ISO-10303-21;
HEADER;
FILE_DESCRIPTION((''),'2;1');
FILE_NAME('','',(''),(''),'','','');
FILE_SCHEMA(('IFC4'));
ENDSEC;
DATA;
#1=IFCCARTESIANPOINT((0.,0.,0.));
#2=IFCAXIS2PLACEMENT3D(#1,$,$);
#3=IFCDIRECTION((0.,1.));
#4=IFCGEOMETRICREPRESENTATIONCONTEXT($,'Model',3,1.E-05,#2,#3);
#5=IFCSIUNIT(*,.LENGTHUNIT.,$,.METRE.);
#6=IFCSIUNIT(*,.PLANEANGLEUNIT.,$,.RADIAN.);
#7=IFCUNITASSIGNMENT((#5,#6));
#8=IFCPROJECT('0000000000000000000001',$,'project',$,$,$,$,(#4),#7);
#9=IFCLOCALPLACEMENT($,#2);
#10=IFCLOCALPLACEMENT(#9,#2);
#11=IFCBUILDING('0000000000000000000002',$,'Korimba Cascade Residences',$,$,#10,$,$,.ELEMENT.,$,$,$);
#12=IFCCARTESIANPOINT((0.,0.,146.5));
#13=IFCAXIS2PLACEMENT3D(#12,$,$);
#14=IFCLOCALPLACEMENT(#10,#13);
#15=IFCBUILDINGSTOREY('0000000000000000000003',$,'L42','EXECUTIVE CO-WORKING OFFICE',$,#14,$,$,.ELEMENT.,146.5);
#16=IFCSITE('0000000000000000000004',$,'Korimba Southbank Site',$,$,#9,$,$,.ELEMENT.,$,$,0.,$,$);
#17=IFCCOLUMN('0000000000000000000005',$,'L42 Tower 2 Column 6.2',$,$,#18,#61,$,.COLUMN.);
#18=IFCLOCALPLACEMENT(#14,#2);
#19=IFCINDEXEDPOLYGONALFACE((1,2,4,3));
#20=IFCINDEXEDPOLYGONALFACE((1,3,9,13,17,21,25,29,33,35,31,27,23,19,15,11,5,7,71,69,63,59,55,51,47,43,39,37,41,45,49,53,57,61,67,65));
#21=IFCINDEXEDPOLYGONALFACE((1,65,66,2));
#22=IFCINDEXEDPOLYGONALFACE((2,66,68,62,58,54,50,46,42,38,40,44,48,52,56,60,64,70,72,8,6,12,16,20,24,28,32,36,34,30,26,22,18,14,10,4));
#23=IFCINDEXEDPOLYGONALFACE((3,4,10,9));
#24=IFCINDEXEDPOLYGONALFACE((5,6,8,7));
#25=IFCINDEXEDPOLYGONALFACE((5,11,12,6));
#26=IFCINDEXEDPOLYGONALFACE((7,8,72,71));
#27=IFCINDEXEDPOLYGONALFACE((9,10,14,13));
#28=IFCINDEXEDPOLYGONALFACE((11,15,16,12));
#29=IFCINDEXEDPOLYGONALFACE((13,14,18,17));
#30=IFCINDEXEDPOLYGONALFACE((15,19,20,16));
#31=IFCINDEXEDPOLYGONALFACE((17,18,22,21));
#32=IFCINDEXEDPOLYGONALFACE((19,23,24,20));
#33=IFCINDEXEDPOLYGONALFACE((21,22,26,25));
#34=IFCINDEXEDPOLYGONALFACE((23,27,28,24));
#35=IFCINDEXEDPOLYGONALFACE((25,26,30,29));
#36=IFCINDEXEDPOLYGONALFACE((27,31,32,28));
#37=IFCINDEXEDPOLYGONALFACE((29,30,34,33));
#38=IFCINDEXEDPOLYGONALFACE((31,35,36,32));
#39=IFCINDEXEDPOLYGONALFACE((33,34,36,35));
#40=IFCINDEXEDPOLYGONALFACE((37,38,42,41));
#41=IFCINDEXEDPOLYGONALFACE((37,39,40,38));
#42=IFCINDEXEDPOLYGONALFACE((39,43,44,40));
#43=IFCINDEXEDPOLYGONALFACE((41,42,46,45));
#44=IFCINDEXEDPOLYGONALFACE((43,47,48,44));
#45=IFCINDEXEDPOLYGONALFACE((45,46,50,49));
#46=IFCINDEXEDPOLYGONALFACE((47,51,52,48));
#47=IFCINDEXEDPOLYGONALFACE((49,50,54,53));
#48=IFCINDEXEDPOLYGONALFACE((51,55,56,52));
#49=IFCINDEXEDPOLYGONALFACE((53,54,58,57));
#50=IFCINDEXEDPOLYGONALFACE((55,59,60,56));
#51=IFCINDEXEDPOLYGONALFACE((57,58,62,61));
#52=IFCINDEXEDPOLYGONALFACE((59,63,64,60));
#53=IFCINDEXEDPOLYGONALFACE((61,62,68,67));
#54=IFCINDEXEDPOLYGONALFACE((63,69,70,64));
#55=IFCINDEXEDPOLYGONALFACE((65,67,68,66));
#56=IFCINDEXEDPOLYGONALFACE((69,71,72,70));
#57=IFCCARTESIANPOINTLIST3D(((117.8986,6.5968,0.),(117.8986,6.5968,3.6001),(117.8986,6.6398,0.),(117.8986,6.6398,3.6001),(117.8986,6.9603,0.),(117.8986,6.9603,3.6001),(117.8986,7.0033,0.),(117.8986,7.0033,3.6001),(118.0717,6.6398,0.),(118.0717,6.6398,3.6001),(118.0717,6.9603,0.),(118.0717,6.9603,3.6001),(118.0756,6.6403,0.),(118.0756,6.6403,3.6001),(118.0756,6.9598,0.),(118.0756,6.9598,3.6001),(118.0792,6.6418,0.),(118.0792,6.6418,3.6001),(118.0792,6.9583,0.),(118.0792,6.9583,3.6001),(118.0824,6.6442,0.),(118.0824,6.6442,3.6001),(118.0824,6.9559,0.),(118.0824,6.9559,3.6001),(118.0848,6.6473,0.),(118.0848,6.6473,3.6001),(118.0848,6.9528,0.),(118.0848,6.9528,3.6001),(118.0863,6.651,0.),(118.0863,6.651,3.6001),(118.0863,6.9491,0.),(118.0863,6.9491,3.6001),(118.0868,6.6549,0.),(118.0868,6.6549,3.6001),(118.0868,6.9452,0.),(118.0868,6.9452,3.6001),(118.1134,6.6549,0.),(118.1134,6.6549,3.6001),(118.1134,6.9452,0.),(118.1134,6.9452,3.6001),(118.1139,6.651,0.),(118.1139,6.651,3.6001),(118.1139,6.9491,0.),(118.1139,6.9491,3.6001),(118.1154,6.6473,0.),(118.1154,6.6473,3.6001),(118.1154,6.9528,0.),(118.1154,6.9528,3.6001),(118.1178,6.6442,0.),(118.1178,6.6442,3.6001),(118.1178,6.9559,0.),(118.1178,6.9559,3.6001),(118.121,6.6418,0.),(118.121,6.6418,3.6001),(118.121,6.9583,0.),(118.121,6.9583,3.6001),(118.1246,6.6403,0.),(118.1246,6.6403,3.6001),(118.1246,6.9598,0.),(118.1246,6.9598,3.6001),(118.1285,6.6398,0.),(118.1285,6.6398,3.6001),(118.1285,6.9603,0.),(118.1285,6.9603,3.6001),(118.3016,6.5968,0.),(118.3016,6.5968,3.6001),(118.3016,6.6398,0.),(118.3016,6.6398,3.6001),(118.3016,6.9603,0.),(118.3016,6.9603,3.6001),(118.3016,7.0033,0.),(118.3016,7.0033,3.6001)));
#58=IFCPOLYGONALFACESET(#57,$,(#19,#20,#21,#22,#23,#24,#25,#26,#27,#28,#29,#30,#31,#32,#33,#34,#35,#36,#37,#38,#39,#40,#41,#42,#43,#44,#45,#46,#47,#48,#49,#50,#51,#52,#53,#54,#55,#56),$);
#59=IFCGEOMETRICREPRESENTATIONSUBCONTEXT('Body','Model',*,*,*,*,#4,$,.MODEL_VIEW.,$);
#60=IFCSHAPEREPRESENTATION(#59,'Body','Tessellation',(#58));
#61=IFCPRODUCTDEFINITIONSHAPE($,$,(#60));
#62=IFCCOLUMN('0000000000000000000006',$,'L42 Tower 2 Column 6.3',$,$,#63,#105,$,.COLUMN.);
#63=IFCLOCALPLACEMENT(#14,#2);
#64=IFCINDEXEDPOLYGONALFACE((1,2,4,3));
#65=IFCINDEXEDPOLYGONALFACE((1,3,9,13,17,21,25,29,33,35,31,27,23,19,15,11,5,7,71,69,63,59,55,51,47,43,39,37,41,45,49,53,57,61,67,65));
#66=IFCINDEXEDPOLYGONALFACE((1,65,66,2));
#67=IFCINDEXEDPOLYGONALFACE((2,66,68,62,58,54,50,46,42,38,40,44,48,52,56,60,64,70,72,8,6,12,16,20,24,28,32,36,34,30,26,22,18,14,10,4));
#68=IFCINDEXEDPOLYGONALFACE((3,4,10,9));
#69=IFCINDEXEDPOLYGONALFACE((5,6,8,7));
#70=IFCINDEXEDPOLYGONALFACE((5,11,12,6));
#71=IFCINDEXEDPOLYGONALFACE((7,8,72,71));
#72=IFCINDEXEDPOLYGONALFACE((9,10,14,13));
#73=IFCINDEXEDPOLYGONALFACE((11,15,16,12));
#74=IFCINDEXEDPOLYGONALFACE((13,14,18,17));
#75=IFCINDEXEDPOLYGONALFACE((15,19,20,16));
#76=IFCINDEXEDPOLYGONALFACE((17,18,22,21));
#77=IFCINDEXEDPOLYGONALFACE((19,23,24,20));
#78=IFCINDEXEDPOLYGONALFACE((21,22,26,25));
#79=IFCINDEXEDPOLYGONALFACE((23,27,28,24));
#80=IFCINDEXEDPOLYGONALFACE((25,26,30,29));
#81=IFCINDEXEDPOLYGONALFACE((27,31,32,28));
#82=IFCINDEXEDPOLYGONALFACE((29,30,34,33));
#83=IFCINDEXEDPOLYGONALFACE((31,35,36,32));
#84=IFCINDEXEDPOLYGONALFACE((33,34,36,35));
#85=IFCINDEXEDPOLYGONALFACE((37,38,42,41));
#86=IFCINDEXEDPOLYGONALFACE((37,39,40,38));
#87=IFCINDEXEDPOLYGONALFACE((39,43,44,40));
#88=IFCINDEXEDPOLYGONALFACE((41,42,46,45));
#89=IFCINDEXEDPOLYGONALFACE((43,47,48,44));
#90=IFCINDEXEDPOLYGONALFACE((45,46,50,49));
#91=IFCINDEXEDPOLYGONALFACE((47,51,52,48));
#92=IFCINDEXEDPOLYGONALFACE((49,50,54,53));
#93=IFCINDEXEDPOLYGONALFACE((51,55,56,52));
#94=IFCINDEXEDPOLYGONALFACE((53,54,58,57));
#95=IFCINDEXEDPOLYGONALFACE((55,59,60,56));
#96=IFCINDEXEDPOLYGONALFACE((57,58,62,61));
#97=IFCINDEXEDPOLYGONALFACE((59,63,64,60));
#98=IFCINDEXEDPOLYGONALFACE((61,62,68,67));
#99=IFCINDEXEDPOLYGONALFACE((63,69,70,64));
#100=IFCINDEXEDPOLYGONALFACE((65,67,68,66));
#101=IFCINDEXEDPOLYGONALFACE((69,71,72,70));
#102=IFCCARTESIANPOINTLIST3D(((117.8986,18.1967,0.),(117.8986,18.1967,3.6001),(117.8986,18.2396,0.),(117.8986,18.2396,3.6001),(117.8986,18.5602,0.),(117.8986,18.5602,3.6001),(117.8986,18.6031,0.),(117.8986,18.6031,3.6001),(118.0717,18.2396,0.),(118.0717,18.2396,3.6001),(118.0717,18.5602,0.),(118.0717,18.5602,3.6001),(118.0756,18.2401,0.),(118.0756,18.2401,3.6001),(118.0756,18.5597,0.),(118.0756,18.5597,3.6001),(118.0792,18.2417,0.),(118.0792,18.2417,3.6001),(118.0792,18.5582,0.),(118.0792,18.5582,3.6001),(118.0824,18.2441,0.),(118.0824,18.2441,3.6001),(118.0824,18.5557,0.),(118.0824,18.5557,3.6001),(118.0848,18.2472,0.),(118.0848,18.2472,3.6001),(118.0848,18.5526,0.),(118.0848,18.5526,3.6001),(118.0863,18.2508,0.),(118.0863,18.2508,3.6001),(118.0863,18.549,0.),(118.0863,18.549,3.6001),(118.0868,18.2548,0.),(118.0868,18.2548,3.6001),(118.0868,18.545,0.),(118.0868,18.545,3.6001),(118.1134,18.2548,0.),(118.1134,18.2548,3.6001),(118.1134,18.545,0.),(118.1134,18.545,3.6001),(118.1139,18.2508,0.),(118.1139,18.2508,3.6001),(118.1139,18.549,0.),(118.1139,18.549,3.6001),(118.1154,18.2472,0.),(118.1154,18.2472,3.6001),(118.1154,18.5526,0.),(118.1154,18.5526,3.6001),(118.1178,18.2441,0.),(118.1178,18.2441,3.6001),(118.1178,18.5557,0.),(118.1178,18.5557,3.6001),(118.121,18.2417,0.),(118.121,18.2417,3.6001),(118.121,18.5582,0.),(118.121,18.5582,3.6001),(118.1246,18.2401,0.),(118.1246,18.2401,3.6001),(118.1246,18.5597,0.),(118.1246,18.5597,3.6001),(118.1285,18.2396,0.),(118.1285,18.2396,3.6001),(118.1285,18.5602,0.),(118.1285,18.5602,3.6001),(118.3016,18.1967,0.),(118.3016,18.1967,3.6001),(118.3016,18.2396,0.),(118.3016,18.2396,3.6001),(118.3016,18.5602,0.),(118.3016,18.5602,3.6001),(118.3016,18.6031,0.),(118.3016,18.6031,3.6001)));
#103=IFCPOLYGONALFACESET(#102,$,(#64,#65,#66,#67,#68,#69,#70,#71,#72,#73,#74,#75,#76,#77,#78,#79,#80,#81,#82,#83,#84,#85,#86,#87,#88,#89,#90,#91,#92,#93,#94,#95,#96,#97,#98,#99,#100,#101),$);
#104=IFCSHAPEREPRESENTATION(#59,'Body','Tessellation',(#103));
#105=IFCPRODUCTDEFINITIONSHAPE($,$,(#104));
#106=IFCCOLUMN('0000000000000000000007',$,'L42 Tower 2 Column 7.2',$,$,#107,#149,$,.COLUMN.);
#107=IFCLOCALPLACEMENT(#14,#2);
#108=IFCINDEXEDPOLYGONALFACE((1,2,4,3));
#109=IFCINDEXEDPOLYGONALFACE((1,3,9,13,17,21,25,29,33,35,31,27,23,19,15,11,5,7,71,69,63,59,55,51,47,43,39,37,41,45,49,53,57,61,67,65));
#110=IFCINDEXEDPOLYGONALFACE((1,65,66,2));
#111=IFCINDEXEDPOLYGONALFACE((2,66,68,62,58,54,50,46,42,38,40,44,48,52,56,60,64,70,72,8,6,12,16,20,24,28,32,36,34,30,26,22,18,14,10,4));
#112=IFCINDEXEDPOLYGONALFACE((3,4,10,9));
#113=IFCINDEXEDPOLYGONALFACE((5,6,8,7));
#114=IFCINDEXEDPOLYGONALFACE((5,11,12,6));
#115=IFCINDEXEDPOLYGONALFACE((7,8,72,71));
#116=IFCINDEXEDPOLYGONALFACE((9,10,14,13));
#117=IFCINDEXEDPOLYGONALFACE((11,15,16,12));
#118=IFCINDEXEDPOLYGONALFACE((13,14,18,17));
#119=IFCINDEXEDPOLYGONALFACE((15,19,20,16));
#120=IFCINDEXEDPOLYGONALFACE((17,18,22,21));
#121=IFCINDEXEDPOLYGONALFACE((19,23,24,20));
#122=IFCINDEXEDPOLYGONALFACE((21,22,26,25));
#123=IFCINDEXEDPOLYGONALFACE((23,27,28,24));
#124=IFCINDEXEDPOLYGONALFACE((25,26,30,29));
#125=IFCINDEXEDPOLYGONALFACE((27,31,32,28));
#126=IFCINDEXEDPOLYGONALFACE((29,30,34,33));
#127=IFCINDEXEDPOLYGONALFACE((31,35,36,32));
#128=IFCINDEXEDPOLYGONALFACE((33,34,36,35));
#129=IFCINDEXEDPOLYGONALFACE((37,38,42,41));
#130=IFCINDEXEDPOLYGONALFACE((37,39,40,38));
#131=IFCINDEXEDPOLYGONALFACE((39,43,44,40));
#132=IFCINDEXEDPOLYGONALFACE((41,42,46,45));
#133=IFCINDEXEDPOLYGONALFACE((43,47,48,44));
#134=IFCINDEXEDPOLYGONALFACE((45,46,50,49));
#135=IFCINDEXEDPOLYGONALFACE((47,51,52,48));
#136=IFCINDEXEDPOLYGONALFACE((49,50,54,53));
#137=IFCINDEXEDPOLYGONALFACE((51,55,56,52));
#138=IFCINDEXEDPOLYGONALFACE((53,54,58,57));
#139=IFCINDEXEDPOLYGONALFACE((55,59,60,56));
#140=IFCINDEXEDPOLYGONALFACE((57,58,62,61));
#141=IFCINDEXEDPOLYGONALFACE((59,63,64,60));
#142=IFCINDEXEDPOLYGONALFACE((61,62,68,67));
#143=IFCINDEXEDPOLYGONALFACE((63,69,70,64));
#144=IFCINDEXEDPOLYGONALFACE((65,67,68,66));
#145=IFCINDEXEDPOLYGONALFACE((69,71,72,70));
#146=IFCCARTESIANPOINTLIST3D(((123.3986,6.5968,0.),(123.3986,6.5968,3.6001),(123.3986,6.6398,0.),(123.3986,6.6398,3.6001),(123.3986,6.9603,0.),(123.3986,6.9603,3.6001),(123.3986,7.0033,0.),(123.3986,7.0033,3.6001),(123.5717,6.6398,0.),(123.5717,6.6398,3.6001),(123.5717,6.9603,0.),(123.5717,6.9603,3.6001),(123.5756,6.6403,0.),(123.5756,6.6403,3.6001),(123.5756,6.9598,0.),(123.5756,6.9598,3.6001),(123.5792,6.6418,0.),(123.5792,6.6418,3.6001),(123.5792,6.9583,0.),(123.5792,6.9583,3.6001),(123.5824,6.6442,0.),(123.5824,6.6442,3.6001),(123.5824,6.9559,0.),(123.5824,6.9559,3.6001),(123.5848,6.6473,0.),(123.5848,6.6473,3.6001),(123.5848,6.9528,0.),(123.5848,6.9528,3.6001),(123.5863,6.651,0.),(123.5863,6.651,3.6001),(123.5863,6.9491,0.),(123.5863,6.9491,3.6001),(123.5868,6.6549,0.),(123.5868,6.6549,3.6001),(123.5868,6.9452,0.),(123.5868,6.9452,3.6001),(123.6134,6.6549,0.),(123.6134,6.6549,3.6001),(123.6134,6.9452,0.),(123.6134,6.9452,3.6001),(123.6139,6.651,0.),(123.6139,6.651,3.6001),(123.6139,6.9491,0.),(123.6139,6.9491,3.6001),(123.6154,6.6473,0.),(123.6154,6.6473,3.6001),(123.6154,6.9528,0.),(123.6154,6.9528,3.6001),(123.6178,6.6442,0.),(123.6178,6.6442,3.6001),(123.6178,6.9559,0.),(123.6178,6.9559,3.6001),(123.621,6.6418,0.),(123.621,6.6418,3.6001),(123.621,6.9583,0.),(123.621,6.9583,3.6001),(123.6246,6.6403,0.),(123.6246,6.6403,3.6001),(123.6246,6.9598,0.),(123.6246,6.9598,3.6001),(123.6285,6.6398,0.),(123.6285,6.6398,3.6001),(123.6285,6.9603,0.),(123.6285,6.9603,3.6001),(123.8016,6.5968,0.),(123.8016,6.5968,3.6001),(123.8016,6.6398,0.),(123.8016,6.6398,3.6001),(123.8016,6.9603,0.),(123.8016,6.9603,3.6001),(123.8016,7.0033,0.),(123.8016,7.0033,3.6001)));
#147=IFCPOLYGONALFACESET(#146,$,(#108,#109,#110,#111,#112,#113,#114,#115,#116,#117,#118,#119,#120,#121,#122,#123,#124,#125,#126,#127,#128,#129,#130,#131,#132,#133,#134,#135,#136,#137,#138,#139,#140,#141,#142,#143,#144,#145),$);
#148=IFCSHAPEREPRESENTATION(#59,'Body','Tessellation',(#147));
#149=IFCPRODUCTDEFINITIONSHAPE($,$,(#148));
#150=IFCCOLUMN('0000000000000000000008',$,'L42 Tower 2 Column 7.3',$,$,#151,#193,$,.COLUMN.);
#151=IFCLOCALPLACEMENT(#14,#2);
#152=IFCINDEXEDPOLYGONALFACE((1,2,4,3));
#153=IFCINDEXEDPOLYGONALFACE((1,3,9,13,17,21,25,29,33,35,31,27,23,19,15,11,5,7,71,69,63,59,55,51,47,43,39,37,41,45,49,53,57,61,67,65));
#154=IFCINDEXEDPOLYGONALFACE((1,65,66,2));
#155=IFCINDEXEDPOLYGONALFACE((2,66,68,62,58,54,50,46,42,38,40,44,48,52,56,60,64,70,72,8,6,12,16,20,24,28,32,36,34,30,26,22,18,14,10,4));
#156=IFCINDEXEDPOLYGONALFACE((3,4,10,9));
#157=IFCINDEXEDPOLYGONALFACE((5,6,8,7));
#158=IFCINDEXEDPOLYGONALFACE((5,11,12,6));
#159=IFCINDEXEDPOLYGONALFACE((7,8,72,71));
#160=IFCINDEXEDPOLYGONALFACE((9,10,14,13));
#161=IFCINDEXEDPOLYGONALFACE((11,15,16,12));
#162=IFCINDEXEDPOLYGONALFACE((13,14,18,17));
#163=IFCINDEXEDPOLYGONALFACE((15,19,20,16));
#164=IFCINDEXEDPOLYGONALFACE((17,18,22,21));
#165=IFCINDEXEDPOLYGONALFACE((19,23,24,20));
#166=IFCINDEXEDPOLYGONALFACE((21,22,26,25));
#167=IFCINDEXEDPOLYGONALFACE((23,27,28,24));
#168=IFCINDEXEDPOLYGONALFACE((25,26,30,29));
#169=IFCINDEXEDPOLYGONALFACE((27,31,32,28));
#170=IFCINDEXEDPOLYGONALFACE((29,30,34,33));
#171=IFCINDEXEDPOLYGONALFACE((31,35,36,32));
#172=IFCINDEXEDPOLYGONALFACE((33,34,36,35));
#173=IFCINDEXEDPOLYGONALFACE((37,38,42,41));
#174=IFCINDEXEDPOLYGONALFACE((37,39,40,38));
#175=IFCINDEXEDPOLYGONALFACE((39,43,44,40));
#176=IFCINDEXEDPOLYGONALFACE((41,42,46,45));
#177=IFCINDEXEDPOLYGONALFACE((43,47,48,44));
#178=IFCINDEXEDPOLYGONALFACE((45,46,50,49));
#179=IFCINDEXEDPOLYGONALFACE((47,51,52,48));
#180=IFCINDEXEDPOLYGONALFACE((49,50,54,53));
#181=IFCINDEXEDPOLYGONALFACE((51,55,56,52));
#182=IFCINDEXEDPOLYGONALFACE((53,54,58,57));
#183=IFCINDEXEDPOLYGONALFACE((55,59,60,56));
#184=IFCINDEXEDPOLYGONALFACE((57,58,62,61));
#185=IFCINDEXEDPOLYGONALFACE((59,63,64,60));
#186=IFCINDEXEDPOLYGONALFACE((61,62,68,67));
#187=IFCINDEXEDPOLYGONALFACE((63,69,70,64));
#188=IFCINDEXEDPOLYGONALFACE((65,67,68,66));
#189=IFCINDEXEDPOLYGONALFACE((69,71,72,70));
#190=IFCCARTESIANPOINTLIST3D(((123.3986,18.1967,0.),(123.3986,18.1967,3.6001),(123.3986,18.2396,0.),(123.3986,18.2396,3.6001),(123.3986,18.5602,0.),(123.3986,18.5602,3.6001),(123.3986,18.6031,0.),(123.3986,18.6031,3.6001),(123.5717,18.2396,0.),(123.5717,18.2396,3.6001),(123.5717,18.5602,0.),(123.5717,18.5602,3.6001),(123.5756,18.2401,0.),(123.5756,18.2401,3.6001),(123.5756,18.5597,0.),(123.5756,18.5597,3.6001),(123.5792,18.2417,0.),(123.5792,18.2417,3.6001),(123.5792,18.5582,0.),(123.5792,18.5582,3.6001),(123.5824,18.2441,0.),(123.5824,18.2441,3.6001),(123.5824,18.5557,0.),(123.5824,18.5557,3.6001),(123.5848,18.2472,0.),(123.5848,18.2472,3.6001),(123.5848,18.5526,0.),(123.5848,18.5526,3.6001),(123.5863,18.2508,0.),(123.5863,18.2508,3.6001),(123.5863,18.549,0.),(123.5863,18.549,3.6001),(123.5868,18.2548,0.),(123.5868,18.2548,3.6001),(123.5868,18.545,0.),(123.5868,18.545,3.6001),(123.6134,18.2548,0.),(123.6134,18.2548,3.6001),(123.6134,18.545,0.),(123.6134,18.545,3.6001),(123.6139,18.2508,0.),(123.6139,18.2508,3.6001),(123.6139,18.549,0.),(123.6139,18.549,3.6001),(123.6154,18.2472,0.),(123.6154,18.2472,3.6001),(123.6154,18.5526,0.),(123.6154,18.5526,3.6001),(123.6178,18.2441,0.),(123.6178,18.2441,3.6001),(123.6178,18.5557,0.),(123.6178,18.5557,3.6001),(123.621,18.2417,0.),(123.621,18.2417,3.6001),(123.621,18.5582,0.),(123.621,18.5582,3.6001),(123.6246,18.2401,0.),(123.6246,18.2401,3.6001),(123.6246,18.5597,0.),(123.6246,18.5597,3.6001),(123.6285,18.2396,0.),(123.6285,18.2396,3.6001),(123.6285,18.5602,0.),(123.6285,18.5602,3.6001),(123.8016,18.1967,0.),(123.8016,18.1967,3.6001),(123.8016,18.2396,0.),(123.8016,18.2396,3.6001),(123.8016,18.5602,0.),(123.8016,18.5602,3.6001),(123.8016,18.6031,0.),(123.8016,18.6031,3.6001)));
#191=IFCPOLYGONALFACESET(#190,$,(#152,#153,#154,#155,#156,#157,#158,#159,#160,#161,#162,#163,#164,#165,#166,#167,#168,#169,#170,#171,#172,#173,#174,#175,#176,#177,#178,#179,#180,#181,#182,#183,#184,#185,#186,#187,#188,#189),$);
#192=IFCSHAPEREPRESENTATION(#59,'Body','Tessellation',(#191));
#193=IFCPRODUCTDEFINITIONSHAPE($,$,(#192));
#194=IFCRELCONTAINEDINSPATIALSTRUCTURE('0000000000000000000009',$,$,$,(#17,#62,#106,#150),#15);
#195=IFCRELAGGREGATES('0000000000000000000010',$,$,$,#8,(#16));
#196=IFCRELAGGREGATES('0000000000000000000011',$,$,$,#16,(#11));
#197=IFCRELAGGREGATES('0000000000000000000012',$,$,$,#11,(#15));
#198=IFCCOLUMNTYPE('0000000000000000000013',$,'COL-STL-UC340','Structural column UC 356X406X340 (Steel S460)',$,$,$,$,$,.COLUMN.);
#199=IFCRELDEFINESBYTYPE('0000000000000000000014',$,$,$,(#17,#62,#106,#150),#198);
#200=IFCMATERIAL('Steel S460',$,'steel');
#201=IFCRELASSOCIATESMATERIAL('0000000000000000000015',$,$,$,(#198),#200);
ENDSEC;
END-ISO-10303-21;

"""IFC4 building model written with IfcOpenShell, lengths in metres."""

from ifc_helpers import new_model, si_unit, direction, frame, origin, origin_2d, place, context, subcontext, project, spatial, i_section, extrude, material, material_profile, profile_set, type_object, element, save


model = new_model("IFC4")

# Units and contexts
model_context = context("Model", 3, precision=1e-05, world=origin(), true_north=direction((0.0, 1.0)))
body_context = subcontext(model_context, "Body", "Model", "MODEL_VIEW")
ifc_project = project(units=[si_unit("LENGTHUNIT", "METRE"), si_unit("PLANEANGLEUNIT", "RADIAN")], contexts=[model_context])

# Site, building, storey
site_placement = place(None, origin())
site = spatial("IfcSite", under=ifc_project, at=site_placement, Name="Korimba Southbank Site", CompositionType="ELEMENT", RefElevation=0.0)
building_placement = place(site_placement, origin())
building = spatial("IfcBuilding", under=site, at=building_placement, Name="Korimba Cascade Residences", CompositionType="ELEMENT")
storey_placement = place(building_placement, frame((0.0, 0.0, 146.5)))
storey = spatial("IfcBuildingStorey", under=building, at=storey_placement, Name="L42", Description="EXECUTIVE CO-WORKING OFFICE", CompositionType="ELEMENT", Elevation=146.5)

# Columns
ifc_material_1 = material(Name="Steel S460", Category="steel")
ifc_material_profile_1 = material_profile(ifc_material_1, i_section(OverallWidth=0.4031, OverallDepth=0.4065, WebThickness=0.0266, FlangeThickness=0.043, FilletRadius=0.0151, at=origin_2d()), Name="Steel S460")
ifc_profile_set_1 = profile_set([ifc_material_profile_1], Name="Steel S460")
column_type = type_object("IfcColumnType", Name="COL-STL-UC340", Description="Structural column UC 356X406X340 (Steel S460)", PredefinedType="COLUMN", material=ifc_profile_set_1)
for number, where, z_axis, x_axis, name in (
    (1, (118.1001, 6.8, 0.0), (0.0, 0.0, 1.0), (1.0, 0.0, 0.0), "L42 Tower 2 Column 6.2"),
    (2, (118.1001, 18.3999, 0.0), (0.0, 0.0, 1.0), (1.0, 0.0, 0.0), "L42 Tower 2 Column 6.3"),
    (3, (123.6001, 6.8, 0.0), (0.0, 0.0, 1.0), (1.0, 0.0, 0.0), "L42 Tower 2 Column 7.2"),
    (4, (123.6001, 18.3999, 0.0), (0.0, 0.0, 1.0), (1.0, 0.0, 0.0), "L42 Tower 2 Column 7.3"),
):
    element("IfcColumn", number, at=place(storey_placement, frame(where, z_axis=z_axis, x_axis=x_axis)), inside=storey, type_object=column_type, Name=name, PredefinedType="COLUMN", context=body_context, shape_type="SweptSolid", body=[
        extrude(i_section(OverallWidth=0.4031, OverallDepth=0.4065, WebThickness=0.0266, FlangeThickness=0.043, FilletRadius=0.0151, at=origin_2d()), origin(), (0.0, 0.0, 1.0), 3.6001),
    ])

save(model, "model.ifc")
